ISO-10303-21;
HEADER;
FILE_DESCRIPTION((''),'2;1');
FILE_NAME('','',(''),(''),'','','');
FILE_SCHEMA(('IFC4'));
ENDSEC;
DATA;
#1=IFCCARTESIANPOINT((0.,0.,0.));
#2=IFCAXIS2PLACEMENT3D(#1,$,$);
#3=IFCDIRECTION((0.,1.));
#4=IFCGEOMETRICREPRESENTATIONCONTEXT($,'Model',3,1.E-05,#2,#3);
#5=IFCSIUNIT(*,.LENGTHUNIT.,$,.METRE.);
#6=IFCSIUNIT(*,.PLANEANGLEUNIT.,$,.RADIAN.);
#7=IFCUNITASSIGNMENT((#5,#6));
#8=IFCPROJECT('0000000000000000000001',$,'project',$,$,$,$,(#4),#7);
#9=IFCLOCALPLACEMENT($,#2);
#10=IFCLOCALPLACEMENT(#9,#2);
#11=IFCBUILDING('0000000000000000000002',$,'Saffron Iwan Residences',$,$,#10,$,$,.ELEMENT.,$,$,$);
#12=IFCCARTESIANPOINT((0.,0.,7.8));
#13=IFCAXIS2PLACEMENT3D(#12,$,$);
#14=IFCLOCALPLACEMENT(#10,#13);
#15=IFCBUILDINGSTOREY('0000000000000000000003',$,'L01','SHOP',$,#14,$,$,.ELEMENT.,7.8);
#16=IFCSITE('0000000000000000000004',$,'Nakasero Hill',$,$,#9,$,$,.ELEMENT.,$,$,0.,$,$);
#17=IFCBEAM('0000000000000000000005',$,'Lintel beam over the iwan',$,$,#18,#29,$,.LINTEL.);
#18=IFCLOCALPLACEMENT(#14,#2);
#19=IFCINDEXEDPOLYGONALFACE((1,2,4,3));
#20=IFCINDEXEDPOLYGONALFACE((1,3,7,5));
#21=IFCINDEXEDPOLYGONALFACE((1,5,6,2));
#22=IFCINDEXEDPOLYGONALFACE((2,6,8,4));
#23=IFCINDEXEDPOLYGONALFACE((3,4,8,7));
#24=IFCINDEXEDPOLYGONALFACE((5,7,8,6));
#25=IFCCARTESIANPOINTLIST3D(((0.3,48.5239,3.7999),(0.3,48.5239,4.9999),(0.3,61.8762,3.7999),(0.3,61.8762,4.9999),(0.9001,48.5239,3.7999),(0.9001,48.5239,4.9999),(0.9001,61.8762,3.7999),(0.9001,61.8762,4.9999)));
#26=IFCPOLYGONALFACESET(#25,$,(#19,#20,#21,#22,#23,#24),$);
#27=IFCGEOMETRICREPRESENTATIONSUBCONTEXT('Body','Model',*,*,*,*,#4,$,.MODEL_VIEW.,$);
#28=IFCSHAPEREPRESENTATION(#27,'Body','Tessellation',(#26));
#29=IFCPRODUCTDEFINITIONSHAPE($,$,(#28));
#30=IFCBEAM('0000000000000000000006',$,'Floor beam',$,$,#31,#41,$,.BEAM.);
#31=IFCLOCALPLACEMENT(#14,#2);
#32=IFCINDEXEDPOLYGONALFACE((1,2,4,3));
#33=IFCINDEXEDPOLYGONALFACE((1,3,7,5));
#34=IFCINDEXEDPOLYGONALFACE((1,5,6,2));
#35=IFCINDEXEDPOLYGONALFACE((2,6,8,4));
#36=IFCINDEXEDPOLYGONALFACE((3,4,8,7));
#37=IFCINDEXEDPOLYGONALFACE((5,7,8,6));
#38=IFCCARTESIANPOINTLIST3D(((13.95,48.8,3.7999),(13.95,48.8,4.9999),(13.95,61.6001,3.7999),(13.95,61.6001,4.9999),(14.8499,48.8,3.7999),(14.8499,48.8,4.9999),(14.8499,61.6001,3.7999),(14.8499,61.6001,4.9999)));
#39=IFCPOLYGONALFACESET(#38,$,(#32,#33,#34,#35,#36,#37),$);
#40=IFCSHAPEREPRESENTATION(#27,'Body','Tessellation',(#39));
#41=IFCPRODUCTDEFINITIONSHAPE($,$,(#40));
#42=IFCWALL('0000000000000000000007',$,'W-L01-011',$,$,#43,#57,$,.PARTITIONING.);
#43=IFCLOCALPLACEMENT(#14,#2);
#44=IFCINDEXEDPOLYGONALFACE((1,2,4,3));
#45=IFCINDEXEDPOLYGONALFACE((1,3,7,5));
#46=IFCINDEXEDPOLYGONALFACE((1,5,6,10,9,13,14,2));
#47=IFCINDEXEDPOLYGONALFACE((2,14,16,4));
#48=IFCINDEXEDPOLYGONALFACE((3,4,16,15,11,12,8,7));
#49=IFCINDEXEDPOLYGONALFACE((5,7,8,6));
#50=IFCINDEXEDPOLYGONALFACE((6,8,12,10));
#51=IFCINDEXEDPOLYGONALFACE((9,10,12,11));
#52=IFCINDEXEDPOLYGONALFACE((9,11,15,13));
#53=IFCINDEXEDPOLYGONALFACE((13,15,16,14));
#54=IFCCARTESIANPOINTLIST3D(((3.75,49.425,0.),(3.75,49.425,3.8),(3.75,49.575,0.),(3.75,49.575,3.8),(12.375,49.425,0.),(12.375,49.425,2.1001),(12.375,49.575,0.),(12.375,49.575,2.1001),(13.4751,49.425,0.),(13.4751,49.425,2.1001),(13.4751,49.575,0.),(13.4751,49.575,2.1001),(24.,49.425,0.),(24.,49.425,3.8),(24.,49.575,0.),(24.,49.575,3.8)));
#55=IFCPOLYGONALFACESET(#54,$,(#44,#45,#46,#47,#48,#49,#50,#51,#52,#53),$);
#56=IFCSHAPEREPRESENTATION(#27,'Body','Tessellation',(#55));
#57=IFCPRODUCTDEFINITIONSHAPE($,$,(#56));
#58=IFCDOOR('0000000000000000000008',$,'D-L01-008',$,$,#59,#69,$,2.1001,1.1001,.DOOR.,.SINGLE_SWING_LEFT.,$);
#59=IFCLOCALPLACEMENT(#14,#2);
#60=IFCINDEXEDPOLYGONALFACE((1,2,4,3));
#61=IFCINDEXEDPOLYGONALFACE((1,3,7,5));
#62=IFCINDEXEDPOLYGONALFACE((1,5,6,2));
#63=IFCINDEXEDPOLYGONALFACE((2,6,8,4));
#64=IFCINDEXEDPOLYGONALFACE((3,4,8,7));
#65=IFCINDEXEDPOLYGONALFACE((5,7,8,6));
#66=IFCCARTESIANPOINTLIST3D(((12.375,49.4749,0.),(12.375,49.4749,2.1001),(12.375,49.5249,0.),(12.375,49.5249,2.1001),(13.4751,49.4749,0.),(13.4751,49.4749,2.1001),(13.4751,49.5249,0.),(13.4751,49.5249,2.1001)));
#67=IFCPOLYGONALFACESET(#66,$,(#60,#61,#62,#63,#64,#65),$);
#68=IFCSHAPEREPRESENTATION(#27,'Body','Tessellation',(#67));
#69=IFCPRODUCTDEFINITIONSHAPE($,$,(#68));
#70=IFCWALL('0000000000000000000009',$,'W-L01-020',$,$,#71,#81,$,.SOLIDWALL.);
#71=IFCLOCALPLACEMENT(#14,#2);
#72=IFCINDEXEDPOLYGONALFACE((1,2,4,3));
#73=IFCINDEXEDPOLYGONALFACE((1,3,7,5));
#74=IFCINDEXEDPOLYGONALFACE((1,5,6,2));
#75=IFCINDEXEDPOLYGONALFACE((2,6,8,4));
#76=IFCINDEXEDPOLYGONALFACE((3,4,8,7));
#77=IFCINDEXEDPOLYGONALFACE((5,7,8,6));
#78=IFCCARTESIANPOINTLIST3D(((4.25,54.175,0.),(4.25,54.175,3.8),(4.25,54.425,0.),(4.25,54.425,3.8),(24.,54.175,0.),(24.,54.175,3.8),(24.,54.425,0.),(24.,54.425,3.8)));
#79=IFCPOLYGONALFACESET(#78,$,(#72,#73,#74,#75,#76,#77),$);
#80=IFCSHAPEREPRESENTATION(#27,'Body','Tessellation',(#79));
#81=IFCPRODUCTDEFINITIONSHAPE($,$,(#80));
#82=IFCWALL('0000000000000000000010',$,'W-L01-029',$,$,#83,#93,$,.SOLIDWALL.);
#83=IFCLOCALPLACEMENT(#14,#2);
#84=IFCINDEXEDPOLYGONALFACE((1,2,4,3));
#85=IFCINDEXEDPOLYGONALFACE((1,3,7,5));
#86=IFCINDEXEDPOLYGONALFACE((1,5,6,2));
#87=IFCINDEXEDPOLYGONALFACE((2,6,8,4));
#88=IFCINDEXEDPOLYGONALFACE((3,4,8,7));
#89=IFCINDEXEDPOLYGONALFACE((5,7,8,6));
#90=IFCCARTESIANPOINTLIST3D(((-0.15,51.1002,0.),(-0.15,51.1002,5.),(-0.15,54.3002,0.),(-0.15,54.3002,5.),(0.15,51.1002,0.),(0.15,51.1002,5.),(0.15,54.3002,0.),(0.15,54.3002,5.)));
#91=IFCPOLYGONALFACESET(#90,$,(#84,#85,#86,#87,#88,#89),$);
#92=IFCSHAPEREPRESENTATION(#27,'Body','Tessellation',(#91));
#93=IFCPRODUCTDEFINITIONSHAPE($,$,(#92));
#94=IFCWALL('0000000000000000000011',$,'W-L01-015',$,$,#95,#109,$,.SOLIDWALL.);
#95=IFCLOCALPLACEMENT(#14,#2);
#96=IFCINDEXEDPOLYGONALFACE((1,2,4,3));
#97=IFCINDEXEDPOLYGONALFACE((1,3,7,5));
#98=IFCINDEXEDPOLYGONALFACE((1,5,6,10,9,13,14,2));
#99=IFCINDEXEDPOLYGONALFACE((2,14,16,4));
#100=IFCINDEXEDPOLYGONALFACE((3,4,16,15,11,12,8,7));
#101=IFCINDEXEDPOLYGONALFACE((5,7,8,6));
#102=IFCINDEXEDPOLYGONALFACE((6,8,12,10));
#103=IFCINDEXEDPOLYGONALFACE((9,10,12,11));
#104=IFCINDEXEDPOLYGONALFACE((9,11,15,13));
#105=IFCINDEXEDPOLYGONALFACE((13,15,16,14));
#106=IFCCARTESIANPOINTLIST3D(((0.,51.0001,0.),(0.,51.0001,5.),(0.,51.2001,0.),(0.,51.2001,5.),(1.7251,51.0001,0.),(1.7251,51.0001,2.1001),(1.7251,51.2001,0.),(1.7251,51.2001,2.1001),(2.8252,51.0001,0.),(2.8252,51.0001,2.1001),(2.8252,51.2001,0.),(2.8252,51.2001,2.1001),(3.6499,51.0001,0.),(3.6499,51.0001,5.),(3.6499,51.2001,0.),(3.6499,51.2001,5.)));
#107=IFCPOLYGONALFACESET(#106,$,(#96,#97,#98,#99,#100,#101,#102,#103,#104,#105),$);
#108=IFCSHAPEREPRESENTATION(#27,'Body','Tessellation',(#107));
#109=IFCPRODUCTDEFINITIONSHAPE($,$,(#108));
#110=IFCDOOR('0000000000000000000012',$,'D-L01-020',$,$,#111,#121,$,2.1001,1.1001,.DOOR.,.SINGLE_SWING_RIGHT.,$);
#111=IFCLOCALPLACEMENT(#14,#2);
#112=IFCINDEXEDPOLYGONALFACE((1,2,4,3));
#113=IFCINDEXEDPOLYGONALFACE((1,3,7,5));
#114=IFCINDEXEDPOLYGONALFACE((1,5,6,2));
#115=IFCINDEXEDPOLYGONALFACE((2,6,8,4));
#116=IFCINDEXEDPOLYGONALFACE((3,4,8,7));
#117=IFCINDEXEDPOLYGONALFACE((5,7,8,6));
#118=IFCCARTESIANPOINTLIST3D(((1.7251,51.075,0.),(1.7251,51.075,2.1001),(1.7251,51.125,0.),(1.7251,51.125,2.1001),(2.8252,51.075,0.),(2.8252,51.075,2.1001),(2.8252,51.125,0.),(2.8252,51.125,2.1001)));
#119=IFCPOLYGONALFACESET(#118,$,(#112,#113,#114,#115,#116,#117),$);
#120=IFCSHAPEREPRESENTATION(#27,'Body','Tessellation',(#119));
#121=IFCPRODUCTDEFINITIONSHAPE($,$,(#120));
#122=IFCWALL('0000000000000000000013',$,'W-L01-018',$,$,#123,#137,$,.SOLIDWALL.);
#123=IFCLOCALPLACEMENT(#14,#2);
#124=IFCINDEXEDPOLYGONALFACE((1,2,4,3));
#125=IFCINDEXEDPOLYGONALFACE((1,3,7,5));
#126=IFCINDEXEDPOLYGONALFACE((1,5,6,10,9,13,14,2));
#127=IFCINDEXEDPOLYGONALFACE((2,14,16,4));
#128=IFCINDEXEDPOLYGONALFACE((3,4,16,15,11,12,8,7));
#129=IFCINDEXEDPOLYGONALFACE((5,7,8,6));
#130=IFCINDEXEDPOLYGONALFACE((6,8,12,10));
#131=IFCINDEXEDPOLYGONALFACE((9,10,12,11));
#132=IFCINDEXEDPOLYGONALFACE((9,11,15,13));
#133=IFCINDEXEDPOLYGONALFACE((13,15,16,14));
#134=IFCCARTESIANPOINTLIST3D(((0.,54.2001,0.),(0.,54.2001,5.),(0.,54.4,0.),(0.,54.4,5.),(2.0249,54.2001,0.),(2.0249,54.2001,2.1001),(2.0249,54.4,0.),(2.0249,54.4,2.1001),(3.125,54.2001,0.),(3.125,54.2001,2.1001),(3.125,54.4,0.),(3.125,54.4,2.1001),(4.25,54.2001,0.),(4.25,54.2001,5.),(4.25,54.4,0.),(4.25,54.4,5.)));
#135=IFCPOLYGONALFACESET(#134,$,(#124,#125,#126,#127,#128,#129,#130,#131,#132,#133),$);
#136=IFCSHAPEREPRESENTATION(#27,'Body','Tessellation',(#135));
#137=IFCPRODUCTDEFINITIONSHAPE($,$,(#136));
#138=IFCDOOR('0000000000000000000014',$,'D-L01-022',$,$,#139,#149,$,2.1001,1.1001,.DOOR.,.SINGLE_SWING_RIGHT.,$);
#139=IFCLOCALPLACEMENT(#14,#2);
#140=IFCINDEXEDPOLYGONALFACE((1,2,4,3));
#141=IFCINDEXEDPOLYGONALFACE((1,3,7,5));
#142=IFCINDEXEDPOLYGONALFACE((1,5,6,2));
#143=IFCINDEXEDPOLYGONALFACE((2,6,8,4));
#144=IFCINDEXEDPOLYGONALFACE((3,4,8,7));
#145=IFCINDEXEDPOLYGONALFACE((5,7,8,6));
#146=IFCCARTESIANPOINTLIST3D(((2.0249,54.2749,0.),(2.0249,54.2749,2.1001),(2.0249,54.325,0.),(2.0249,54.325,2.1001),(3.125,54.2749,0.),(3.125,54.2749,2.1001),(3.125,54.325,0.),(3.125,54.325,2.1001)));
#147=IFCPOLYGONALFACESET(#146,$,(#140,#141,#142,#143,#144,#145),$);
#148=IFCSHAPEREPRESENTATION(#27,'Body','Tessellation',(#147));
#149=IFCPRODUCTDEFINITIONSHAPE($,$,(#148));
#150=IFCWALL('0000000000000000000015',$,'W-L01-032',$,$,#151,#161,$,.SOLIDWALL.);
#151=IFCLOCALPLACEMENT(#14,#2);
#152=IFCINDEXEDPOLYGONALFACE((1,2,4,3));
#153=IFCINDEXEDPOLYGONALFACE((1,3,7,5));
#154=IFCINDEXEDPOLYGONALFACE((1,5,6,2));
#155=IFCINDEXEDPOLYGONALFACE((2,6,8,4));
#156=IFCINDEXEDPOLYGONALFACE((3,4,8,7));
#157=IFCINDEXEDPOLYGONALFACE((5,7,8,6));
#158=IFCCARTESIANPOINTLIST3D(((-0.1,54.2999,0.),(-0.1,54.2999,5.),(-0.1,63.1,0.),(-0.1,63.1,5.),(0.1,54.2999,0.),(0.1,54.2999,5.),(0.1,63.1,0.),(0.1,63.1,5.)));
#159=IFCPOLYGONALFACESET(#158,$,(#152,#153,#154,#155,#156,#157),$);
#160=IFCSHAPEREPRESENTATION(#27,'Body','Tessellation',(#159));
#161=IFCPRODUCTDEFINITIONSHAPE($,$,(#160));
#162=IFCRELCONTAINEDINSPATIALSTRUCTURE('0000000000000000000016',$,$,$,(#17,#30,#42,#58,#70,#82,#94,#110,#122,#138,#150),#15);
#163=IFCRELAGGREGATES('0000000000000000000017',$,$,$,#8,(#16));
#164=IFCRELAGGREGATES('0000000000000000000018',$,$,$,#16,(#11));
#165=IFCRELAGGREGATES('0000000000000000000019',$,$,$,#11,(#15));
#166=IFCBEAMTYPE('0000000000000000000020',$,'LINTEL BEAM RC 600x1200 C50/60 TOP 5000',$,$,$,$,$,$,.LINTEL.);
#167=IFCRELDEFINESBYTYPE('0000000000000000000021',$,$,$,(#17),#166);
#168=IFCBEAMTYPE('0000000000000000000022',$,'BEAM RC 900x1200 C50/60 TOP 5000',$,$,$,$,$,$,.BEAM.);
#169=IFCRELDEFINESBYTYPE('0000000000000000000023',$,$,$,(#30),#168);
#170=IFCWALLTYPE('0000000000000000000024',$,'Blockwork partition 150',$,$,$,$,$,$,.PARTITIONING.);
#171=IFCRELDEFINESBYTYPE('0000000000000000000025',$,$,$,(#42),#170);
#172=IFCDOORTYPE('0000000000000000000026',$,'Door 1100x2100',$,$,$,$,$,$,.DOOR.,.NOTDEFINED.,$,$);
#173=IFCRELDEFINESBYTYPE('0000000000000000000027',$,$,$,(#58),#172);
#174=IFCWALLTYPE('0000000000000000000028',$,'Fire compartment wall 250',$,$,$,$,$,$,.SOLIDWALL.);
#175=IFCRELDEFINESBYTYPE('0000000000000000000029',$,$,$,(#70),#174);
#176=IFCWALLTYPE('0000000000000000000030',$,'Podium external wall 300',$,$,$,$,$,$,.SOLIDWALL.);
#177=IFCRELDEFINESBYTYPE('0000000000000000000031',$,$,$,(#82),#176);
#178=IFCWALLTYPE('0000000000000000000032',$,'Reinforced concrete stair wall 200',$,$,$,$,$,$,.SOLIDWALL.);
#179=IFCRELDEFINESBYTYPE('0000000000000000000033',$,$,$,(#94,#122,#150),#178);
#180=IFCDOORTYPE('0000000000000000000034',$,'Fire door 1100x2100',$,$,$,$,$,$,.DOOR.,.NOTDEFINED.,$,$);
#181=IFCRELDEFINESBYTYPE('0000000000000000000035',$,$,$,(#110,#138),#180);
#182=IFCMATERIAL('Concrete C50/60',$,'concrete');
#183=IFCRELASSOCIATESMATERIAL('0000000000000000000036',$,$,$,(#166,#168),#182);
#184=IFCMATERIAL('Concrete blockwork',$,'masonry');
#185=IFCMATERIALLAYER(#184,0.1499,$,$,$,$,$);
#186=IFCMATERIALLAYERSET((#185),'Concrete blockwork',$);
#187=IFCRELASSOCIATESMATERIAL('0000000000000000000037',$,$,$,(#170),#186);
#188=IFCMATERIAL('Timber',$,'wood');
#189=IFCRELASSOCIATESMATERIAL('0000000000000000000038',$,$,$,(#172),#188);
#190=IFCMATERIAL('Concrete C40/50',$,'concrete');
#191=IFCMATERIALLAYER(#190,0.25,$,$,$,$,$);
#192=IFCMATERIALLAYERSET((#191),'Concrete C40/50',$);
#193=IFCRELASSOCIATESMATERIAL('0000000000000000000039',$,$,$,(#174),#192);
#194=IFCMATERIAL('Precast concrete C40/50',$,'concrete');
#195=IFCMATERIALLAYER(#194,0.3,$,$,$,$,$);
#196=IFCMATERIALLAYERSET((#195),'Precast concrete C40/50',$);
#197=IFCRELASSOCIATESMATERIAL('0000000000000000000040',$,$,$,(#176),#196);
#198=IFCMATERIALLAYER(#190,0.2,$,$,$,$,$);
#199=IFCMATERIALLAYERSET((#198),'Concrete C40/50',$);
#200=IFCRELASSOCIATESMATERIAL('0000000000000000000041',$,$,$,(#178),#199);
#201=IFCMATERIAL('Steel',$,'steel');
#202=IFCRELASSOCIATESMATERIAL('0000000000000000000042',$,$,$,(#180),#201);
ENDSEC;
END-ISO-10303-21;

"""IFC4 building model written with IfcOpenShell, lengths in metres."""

from ifc_helpers import new_model, si_unit, direction, frame, frame_2d, origin, origin_2d, place, context, subcontext, project, spatial, rectangle, extrude, source, transform, mapped, material, layer, layer_set, material_profile, profile_set, type_object, element, fill, save


model = new_model("IFC4")

# Units and contexts
model_context = context("Model", 3, precision=1e-05, world=origin(), true_north=direction((0.0, 1.0)))
body_context = subcontext(model_context, "Body", "Model", "MODEL_VIEW")
ifc_project = project(units=[si_unit("LENGTHUNIT", "METRE"), si_unit("PLANEANGLEUNIT", "RADIAN")], contexts=[model_context])

# Site, building, storey
site_placement = place(None, origin())
site = spatial("IfcSite", under=ifc_project, at=site_placement, Name="Nakasero Hill", CompositionType="ELEMENT", RefElevation=0.0)
building_placement = place(site_placement, origin())
building = spatial("IfcBuilding", under=site, at=building_placement, Name="Saffron Iwan Residences", CompositionType="ELEMENT")
storey_placement = place(building_placement, frame((0.0, 0.0, 7.8)))
storey = spatial("IfcBuildingStorey", under=building, at=storey_placement, Name="L01", Description="SHOP", CompositionType="ELEMENT", Elevation=7.8)

# Beams
ifc_material_1 = material(Name="Concrete C50/60", Category="concrete")
ifc_material_profile_1 = material_profile(ifc_material_1, rectangle(XDim=0.6001, YDim=1.2, at=origin_2d()), Name="RC 600x1200")
ifc_profile_set_1 = profile_set([ifc_material_profile_1], Name="Concrete C50/60")
beam_type_1 = type_object("IfcBeamType", Name="LINTEL BEAM RC 600x1200 C50/60 TOP 5000", PredefinedType="LINTEL", material=ifc_profile_set_1)
shared_shape_1 = source(origin(), body_context, "Body", "SweptSolid", [
    extrude(rectangle(XDim=0.6001, YDim=1.2, at=origin_2d()), origin(), (0.0, 0.0, 1.0), 13.3523),
])
beam_1_placement = place(storey_placement, frame((0.6001, 48.5239, 4.3999), z_axis=(0.0, 1.0, 0.0), x_axis=(-1.0, 0.0, 0.0)))
element("IfcBeam", 1, at=beam_1_placement, inside=storey, type_object=beam_type_1, Name="Lintel beam over the iwan", PredefinedType="LINTEL", context=body_context, shape_type="MappedRepresentation", body=[
    mapped(shared_shape_1, transform((0.0, 0.0, 0.0))),
])
ifc_material_profile_2 = material_profile(ifc_material_1, rectangle(XDim=0.8999, YDim=1.2, at=origin_2d()), Name="RC 900x1200")
ifc_profile_set_2 = profile_set([ifc_material_profile_2], Name="Concrete C50/60")
beam_type_2 = type_object("IfcBeamType", Name="BEAM RC 900x1200 C50/60 TOP 5000", PredefinedType="BEAM", material=ifc_profile_set_2)
shared_shape_2 = source(origin(), body_context, "Body", "SweptSolid", [
    extrude(rectangle(XDim=0.8999, YDim=1.2, at=origin_2d()), origin(), (0.0, 0.0, 1.0), 12.8),
])
beam_2_placement = place(storey_placement, frame((14.3999, 48.8, 4.3999), z_axis=(0.0, 1.0, 0.0), x_axis=(-1.0, 0.0, 0.0)))
element("IfcBeam", 2, at=beam_2_placement, inside=storey, type_object=beam_type_2, Name="Floor beam", PredefinedType="BEAM", context=body_context, shape_type="MappedRepresentation", body=[
    mapped(shared_shape_2, transform((0.0, 0.0, 0.0))),
])

# Wall, opening, door
ifc_material_2 = material(Name="Concrete blockwork", Category="masonry")
ifc_layer_1 = layer(ifc_material_2, 0.1499)
ifc_layer_set_1 = layer_set([ifc_layer_1], Name="Concrete blockwork")
wall_type_1 = type_object("IfcWallType", Name="Blockwork partition 150", PredefinedType="PARTITIONING", material=ifc_layer_set_1)
wall_1_placement = place(storey_placement, frame((3.75, 49.5, 0.0), z_axis=(0.0, 0.0, 1.0), x_axis=(1.0, 0.0, 0.0)))
wall_1 = element("IfcWall", 3, at=wall_1_placement, inside=storey, type_object=wall_type_1, Name="W-L01-011", PredefinedType="PARTITIONING", context=body_context, shape_type="SweptSolid", body=[
    extrude(rectangle(XDim=20.25, YDim=0.1499, at=frame_2d((10.125, 0.0))), origin(), (0.0, 0.0, 1.0), 3.8),
])
opening_1_placement = place(wall_1_placement, frame((8.625, 0.0, 0.0)))
opening_1 = element("IfcOpeningElement", 4, at=opening_1_placement, cuts=wall_1, PredefinedType="OPENING", context=body_context, shape_type="SweptSolid", body=[
    extrude(rectangle(XDim=1.1001, YDim=2.1001, at=frame_2d((0.55, 1.05))), frame((0.0, 0.085, 0.0), z_axis=(0.0, -1.0, 0.0), x_axis=(1.0, 0.0, 0.0)), (0.0, 0.0, 1.0), 0.1699),
])
ifc_material_3 = material(Name="Timber", Category="wood")
door_type_1 = type_object("IfcDoorType", Name="Door 1100x2100", OperationType="NOTDEFINED", PredefinedType="DOOR", material=ifc_material_3)
door_1_placement = place(opening_1_placement, origin())
door_1 = element("IfcDoor", 5, at=door_1_placement, inside=storey, type_object=door_type_1, Name="D-L01-008", OperationType="SINGLE_SWING_LEFT", OverallHeight=2.1001, OverallWidth=1.1001, PredefinedType="DOOR", context=body_context, shape_type="SweptSolid", body=[
    extrude(rectangle(XDim=1.1001, YDim=2.1001, at=frame_2d((0.55, 1.05))), frame((0.0, 0.0249, 0.0), z_axis=(0.0, -1.0, 0.0), x_axis=(1.0, 0.0, 0.0)), (0.0, 0.0, 1.0), 0.05),
])
fill(opening_1, door_1)

# Walls
ifc_material_4 = material(Name="Concrete C40/50", Category="concrete")
ifc_layer_2 = layer(ifc_material_4, 0.25)
ifc_layer_set_2 = layer_set([ifc_layer_2], Name="Concrete C40/50")
wall_type_2 = type_object("IfcWallType", Name="Fire compartment wall 250", PredefinedType="SOLIDWALL", material=ifc_layer_set_2)
wall_2_placement = place(storey_placement, frame((4.25, 54.3, 0.0), z_axis=(0.0, 0.0, 1.0), x_axis=(1.0, 0.0, 0.0)))
element("IfcWall", 6, at=wall_2_placement, inside=storey, type_object=wall_type_2, Name="W-L01-020", PredefinedType="SOLIDWALL", context=body_context, shape_type="SweptSolid", body=[
    extrude(rectangle(XDim=19.75, YDim=0.25, at=frame_2d((9.875, 0.0))), origin(), (0.0, 0.0, 1.0), 3.8),
])
ifc_material_5 = material(Name="Precast concrete C40/50", Category="concrete")
ifc_layer_3 = layer(ifc_material_5, 0.3)
ifc_layer_set_3 = layer_set([ifc_layer_3], Name="Precast concrete C40/50")
wall_type_3 = type_object("IfcWallType", Name="Podium external wall 300", PredefinedType="SOLIDWALL", material=ifc_layer_set_3)
wall_3_placement = place(storey_placement, frame((0.0, 51.1001, 0.0), z_axis=(0.0, 0.0, 1.0), x_axis=(0.0, 1.0, 0.0)))
element("IfcWall", 7, at=wall_3_placement, inside=storey, type_object=wall_type_3, Name="W-L01-029", PredefinedType="SOLIDWALL", context=body_context, shape_type="SweptSolid", body=[
    extrude(rectangle(XDim=3.2, YDim=0.3, at=frame_2d((1.6001, 0.0))), origin(), (0.0, 0.0, 1.0), 5.0),
])

# Walls, openings, doors
ifc_layer_4 = layer(ifc_material_4, 0.2)
ifc_layer_set_4 = layer_set([ifc_layer_4], Name="Concrete C40/50")
wall_type_4 = type_object("IfcWallType", Name="Reinforced concrete stair wall 200", PredefinedType="SOLIDWALL", material=ifc_layer_set_4)
wall_4_placement = place(storey_placement, frame((0.0, 51.1001, 0.0), z_axis=(0.0, 0.0, 1.0), x_axis=(1.0, 0.0, 0.0)))
wall_4 = element("IfcWall", 8, at=wall_4_placement, inside=storey, type_object=wall_type_4, Name="W-L01-015", PredefinedType="SOLIDWALL", context=body_context, shape_type="SweptSolid", body=[
    extrude(rectangle(XDim=3.6499, YDim=0.2, at=frame_2d((1.825, 0.0))), origin(), (0.0, 0.0, 1.0), 5.0),
])
opening_2_placement = place(wall_4_placement, frame((1.7251, 0.0, 0.0)))
opening_2 = element("IfcOpeningElement", 9, at=opening_2_placement, cuts=wall_4, PredefinedType="OPENING", context=body_context, shape_type="SweptSolid", body=[
    extrude(rectangle(XDim=1.1001, YDim=2.1001, at=frame_2d((0.55, 1.05))), frame((0.0, 0.1099, 0.0), z_axis=(0.0, -1.0, 0.0), x_axis=(1.0, 0.0, 0.0)), (0.0, 0.0, 1.0), 0.22),
])
ifc_material_6 = material(Name="Steel", Category="steel")
door_type_2 = type_object("IfcDoorType", Name="Fire door 1100x2100", OperationType="NOTDEFINED", PredefinedType="DOOR", material=ifc_material_6)
door_2_placement = place(opening_2_placement, origin())
door_2 = element("IfcDoor", 10, at=door_2_placement, inside=storey, type_object=door_type_2, Name="D-L01-020", OperationType="SINGLE_SWING_RIGHT", OverallHeight=2.1001, OverallWidth=1.1001, PredefinedType="DOOR", context=body_context, shape_type="SweptSolid", body=[
    extrude(rectangle(XDim=1.1001, YDim=2.1001, at=frame_2d((0.55, 1.05))), frame((0.0, 0.0249, 0.0), z_axis=(0.0, -1.0, 0.0), x_axis=(1.0, 0.0, 0.0)), (0.0, 0.0, 1.0), 0.05),
])
fill(opening_2, door_2)
wall_5_placement = place(storey_placement, frame((0.0, 54.3, 0.0), z_axis=(0.0, 0.0, 1.0), x_axis=(1.0, 0.0, 0.0)))
wall_5 = element("IfcWall", 11, at=wall_5_placement, inside=storey, type_object=wall_type_4, Name="W-L01-018", PredefinedType="SOLIDWALL", context=body_context, shape_type="SweptSolid", body=[
    extrude(rectangle(XDim=4.25, YDim=0.2, at=frame_2d((2.125, 0.0))), origin(), (0.0, 0.0, 1.0), 5.0),
])
opening_3_placement = place(wall_5_placement, frame((2.0249, 0.0, 0.0)))
opening_3 = element("IfcOpeningElement", 12, at=opening_3_placement, cuts=wall_5, PredefinedType="OPENING", context=body_context, shape_type="SweptSolid", body=[
    extrude(rectangle(XDim=1.1001, YDim=2.1001, at=frame_2d((0.55, 1.05))), frame((0.0, 0.1099, 0.0), z_axis=(0.0, -1.0, 0.0), x_axis=(1.0, 0.0, 0.0)), (0.0, 0.0, 1.0), 0.22),
])
door_3_placement = place(opening_3_placement, origin())
door_3 = element("IfcDoor", 13, at=door_3_placement, inside=storey, type_object=door_type_2, Name="D-L01-022", OperationType="SINGLE_SWING_RIGHT", OverallHeight=2.1001, OverallWidth=1.1001, PredefinedType="DOOR", context=body_context, shape_type="SweptSolid", body=[
    extrude(rectangle(XDim=1.1001, YDim=2.1001, at=frame_2d((0.55, 1.05))), frame((0.0, 0.0249, 0.0), z_axis=(0.0, -1.0, 0.0), x_axis=(1.0, 0.0, 0.0)), (0.0, 0.0, 1.0), 0.05),
])
fill(opening_3, door_3)

# Wall
for number, where, z_axis, x_axis, name in (
    (14, (0.0, 54.3, 0.0), (0.0, 0.0, 1.0), (0.0, 1.0, 0.0), "W-L01-032"),
):
    element("IfcWall", number, at=place(storey_placement, frame(where, z_axis=z_axis, x_axis=x_axis)), inside=storey, type_object=wall_type_4, Name=name, PredefinedType="SOLIDWALL", context=body_context, shape_type="SweptSolid", body=[
        extrude(rectangle(XDim=8.8, YDim=0.2, at=frame_2d((4.3999, 0.0))), origin(), (0.0, 0.0, 1.0), 5.0),
    ])

save(model, "model.ifc")
